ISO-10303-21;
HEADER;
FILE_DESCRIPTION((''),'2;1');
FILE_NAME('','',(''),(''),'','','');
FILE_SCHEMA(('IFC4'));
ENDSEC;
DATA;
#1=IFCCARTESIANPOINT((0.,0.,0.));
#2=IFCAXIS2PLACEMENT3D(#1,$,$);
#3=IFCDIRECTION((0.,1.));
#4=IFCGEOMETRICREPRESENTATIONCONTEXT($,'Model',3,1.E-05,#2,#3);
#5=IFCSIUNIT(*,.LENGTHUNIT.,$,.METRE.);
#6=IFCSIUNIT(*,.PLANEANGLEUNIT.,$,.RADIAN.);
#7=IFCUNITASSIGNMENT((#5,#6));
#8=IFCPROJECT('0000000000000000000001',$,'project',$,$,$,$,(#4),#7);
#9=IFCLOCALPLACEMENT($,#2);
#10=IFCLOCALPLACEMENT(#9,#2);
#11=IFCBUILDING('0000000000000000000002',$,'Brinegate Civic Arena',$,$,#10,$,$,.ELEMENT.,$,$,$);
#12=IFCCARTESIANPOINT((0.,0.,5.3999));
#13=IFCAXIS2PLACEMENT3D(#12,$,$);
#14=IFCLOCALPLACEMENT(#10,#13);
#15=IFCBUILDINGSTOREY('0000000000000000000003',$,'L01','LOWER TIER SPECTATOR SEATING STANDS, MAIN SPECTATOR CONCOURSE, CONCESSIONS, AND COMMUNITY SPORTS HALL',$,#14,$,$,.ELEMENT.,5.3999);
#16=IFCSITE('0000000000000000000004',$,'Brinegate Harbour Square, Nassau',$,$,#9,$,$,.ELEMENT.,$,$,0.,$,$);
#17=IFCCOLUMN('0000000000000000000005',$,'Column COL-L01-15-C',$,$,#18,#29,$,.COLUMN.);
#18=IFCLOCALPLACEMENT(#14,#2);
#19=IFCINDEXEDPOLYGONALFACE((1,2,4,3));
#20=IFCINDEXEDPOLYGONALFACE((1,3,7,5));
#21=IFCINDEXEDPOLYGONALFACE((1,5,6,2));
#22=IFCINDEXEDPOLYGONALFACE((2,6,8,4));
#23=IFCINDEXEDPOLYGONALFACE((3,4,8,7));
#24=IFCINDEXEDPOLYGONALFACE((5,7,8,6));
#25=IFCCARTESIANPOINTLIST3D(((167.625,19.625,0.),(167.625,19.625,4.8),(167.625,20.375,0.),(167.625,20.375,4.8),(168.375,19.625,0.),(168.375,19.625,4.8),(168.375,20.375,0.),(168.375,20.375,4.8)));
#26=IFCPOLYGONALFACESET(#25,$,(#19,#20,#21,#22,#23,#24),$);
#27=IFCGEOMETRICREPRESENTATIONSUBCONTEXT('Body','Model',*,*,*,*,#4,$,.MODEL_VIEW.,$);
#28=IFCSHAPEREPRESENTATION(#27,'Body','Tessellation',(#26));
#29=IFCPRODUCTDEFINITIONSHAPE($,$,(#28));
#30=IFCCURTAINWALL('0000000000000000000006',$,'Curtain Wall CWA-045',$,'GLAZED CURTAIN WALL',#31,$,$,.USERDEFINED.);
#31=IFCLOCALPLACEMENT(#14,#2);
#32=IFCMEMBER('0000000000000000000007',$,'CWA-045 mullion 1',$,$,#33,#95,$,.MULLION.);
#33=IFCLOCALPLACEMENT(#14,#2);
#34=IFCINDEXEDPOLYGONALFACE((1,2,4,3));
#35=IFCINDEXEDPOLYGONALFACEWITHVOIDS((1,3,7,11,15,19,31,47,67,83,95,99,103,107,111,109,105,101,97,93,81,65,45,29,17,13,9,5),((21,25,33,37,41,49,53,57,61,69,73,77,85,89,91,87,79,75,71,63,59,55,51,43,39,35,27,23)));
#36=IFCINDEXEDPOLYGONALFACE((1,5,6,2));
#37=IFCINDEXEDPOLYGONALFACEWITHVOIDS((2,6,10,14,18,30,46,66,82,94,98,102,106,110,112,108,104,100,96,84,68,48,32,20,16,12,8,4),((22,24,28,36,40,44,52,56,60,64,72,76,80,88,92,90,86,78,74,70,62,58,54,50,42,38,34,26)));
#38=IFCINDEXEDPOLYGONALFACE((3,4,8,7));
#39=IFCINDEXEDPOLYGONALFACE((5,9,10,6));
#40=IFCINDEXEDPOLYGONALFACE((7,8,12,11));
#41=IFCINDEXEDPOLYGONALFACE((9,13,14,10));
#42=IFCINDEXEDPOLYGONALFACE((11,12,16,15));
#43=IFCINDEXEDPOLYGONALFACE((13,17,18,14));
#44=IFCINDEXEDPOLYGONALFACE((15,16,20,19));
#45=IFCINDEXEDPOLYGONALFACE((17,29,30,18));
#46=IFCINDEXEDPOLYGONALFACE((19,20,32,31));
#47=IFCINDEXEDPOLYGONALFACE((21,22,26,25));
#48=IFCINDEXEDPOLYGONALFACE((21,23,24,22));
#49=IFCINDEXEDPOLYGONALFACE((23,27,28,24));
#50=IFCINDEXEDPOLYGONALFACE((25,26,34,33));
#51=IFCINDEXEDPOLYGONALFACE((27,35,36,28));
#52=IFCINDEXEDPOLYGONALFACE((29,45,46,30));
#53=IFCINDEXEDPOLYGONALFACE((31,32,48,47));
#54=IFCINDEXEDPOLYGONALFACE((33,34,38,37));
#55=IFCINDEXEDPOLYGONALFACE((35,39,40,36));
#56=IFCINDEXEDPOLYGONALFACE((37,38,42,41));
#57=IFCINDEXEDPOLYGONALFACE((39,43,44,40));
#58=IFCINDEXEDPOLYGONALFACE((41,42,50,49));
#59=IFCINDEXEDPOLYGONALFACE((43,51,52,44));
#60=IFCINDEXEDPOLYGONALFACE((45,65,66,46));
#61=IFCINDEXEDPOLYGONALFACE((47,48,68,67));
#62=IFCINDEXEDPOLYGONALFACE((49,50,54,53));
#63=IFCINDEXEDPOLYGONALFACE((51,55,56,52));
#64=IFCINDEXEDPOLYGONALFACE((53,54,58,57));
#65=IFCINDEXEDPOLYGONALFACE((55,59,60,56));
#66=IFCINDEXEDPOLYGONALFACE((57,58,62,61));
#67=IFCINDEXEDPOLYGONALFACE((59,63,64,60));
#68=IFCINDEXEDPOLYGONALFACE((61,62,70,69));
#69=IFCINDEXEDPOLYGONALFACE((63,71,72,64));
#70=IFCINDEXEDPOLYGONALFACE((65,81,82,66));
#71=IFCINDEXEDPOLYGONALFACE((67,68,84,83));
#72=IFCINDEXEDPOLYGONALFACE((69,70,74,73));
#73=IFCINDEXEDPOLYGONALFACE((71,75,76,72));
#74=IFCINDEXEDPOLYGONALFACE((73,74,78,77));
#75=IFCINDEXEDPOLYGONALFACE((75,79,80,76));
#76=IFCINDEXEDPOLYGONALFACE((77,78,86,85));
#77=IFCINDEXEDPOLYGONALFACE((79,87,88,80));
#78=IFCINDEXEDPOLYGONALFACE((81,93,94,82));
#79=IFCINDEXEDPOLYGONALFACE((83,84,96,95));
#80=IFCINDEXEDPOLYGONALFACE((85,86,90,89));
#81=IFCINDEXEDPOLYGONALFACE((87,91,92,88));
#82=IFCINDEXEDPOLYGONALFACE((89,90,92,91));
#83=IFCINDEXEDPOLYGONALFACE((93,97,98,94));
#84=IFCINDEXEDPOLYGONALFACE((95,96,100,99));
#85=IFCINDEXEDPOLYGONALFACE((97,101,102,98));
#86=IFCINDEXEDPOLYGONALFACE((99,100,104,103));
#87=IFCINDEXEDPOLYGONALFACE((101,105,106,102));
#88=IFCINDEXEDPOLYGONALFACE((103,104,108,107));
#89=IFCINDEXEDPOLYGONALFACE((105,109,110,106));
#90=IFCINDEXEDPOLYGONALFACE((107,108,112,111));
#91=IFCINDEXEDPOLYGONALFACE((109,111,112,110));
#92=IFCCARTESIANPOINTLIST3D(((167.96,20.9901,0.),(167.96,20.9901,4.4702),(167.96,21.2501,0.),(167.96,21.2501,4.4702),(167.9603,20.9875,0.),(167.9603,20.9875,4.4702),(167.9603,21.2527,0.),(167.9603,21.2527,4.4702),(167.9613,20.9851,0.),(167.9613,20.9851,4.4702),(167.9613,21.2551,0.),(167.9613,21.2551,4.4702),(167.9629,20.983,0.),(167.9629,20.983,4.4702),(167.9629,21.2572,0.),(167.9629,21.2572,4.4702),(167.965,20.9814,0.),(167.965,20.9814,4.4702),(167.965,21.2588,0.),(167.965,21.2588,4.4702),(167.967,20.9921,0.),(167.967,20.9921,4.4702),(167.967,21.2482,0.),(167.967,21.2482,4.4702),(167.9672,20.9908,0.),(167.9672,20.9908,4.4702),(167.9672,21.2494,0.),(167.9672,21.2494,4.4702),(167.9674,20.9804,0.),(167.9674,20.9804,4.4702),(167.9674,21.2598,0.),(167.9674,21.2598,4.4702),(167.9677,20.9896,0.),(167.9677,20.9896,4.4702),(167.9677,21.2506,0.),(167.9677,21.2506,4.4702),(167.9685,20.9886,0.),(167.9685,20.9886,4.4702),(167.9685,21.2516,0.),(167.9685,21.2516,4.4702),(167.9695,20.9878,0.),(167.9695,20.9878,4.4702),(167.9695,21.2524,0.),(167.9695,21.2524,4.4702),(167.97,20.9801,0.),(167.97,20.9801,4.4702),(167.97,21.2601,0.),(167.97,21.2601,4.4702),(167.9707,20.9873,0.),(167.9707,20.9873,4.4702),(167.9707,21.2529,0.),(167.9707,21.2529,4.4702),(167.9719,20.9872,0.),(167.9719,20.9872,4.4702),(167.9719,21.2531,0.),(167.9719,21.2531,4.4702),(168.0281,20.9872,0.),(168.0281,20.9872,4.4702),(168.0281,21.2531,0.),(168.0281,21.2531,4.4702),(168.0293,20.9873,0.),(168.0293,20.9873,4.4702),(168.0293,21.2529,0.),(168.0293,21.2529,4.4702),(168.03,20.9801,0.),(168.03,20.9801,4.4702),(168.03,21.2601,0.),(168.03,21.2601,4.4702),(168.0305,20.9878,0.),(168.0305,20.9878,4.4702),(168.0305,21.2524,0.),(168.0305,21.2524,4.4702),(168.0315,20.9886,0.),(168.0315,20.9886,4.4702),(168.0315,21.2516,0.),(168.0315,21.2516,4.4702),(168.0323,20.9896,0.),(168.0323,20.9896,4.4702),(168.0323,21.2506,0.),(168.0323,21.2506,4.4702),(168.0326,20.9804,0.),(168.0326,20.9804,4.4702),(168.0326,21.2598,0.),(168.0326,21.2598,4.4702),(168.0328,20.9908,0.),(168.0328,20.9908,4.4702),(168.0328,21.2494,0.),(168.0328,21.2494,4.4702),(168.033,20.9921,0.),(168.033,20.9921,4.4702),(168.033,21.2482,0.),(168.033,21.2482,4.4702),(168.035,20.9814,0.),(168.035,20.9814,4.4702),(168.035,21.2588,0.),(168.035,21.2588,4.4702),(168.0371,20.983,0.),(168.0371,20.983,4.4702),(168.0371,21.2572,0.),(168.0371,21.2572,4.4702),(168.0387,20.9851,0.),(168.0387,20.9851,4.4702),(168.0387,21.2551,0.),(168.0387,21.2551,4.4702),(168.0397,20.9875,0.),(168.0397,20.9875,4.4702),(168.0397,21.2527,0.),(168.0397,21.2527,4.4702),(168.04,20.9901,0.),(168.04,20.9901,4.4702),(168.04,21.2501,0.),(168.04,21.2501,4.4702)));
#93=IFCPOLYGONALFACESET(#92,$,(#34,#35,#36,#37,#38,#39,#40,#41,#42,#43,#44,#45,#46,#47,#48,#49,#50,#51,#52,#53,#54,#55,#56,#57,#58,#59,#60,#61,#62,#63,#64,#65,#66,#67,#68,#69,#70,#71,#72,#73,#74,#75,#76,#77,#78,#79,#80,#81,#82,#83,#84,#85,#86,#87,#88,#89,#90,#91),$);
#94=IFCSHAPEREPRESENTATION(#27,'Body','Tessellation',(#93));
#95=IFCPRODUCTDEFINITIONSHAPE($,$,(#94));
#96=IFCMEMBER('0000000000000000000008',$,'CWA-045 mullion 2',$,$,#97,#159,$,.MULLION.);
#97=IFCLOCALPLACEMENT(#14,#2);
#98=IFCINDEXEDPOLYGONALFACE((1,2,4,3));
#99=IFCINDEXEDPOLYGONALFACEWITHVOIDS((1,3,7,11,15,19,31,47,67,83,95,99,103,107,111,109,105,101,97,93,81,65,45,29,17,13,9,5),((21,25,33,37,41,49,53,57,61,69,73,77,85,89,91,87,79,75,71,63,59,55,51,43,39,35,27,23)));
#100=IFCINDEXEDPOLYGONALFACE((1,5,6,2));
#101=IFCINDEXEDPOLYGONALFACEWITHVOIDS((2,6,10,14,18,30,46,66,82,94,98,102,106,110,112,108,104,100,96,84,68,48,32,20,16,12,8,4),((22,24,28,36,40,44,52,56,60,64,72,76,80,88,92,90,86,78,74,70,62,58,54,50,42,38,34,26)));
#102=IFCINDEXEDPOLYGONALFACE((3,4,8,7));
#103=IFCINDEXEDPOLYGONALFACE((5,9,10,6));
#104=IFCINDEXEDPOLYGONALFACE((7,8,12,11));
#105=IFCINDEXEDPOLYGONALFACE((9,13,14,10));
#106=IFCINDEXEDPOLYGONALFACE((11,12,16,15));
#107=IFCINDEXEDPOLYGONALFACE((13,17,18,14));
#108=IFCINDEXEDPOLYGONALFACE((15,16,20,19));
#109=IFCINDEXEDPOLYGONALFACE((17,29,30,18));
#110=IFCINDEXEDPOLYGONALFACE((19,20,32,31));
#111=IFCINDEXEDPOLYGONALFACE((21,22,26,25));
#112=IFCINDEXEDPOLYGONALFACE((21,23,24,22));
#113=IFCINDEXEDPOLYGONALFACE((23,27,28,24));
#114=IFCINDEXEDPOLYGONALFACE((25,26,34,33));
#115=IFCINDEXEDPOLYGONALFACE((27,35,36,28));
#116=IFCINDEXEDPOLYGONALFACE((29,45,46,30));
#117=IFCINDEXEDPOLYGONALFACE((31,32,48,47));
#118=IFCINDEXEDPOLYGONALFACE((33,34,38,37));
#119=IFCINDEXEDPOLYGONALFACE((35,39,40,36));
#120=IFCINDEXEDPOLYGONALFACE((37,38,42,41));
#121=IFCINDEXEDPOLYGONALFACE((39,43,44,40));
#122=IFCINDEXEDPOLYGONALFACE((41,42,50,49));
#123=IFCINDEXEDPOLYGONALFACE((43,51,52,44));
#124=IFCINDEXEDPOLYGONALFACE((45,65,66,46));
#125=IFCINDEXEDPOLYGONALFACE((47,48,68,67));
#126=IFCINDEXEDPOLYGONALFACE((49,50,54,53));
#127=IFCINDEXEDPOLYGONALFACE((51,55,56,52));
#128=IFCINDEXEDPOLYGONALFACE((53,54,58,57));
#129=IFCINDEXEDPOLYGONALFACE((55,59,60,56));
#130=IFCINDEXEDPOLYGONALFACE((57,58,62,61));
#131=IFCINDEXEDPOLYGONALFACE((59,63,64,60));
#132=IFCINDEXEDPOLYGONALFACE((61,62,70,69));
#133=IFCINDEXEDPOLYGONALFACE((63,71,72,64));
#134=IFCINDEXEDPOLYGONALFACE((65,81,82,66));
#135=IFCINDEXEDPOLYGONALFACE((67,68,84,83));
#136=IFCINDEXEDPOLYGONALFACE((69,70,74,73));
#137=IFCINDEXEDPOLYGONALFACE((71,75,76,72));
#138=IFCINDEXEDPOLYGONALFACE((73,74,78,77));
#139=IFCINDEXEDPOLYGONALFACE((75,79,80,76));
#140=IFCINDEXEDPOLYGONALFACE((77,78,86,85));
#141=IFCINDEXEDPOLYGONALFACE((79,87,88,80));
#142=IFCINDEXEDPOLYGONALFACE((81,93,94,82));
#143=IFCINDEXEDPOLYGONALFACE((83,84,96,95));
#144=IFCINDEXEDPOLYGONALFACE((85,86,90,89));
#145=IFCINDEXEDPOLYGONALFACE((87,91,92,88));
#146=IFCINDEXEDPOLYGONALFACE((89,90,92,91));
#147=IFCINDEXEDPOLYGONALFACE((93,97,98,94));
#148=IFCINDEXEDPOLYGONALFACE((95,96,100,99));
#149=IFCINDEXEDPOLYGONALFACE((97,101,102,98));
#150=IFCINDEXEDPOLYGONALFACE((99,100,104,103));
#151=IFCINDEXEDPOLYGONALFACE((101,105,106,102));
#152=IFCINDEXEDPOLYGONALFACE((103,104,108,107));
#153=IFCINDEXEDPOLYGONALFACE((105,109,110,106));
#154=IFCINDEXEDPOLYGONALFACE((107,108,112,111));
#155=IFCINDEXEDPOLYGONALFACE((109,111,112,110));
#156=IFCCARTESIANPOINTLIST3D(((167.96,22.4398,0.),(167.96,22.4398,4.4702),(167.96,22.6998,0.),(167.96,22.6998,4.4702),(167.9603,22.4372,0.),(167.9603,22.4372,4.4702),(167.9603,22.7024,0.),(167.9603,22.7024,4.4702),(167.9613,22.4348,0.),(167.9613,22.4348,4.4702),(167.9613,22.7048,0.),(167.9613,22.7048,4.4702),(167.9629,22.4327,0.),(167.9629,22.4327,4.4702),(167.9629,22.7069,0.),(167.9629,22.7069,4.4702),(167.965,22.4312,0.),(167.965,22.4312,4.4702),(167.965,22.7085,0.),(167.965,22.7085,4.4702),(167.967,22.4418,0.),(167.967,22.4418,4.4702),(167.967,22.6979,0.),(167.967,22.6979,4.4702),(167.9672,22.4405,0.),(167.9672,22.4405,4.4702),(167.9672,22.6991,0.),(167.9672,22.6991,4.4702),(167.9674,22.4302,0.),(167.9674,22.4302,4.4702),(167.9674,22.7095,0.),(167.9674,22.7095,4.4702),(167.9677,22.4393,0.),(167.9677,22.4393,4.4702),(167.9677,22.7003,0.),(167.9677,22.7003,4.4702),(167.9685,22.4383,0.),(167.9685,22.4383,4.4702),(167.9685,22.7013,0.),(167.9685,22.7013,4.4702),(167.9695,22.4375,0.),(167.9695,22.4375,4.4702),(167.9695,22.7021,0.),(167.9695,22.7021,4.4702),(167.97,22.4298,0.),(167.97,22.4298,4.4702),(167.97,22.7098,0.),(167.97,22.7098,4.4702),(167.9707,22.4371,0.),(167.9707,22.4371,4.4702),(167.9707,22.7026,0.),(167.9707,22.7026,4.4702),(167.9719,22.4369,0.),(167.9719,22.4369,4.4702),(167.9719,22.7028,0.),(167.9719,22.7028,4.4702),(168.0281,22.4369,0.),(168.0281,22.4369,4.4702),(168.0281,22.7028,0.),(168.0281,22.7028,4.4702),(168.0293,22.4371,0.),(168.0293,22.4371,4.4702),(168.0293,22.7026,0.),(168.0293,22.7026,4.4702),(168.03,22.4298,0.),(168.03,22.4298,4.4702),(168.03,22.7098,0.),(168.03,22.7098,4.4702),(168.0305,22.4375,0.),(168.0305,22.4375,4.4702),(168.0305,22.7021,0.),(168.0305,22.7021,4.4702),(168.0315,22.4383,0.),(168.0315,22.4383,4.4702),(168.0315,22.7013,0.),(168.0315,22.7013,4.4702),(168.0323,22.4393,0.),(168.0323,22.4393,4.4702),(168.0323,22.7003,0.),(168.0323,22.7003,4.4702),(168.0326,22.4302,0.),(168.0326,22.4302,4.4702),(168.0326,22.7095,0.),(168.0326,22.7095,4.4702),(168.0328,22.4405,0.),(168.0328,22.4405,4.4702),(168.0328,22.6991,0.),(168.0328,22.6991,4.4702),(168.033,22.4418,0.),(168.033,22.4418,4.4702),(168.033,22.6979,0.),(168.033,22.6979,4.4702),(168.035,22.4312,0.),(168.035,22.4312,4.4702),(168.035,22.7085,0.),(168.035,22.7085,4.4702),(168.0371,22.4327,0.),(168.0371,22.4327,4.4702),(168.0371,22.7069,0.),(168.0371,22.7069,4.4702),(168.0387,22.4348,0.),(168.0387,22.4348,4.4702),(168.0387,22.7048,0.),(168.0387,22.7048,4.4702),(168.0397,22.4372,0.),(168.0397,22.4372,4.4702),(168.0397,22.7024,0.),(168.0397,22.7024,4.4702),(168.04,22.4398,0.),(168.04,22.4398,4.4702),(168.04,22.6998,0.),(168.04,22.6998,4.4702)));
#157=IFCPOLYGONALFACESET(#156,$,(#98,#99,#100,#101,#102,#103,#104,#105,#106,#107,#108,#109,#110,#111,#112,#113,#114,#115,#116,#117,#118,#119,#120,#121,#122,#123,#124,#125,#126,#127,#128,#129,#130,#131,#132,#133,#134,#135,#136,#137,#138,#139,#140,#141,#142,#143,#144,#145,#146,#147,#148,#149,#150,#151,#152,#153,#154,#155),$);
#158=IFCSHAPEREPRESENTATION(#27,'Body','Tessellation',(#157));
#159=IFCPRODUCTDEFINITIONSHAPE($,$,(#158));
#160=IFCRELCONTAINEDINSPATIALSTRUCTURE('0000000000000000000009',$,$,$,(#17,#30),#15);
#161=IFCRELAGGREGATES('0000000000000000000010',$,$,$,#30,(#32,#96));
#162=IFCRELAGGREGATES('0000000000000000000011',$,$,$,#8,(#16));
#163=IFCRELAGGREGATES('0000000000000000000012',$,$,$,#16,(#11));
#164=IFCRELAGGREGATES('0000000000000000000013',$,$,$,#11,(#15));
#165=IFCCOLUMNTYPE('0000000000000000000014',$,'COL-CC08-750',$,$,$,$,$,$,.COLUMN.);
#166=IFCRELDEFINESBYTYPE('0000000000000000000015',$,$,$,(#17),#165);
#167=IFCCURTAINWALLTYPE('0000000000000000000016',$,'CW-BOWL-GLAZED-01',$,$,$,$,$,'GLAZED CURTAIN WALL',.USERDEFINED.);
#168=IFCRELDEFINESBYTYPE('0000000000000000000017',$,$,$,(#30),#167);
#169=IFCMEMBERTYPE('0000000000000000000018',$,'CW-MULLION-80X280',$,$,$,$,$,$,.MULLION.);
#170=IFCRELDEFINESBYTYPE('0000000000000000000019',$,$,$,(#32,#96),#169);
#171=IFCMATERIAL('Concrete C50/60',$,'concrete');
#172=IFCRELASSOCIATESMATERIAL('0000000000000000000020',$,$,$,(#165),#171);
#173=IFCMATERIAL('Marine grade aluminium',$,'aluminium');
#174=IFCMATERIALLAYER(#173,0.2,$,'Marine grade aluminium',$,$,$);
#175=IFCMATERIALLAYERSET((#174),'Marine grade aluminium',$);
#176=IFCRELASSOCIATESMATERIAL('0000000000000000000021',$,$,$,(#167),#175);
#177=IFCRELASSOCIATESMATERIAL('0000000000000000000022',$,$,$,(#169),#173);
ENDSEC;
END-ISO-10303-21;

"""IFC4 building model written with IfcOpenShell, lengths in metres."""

from ifc_helpers import new_model, si_unit, direction, frame, origin, origin_2d, place, context, subcontext, project, spatial, rectangle, hollow_rectangle, extrude, material, layer, layer_set, material_profile, profile_set, type_object, element, aggregate, save


model = new_model("IFC4")

# Units and contexts
model_context = context("Model", 3, precision=1e-05, world=origin(), true_north=direction((0.0, 1.0)))
body_context = subcontext(model_context, "Body", "Model", "MODEL_VIEW")
ifc_project = project(units=[si_unit("LENGTHUNIT", "METRE"), si_unit("PLANEANGLEUNIT", "RADIAN")], contexts=[model_context])

# Site, building, storey
site_placement = place(None, origin())
site = spatial("IfcSite", under=ifc_project, at=site_placement, Name="Brinegate Harbour Square, Nassau", CompositionType="ELEMENT", RefElevation=0.0)
building_placement = place(site_placement, origin())
building = spatial("IfcBuilding", under=site, at=building_placement, Name="Brinegate Civic Arena", CompositionType="ELEMENT")
storey_placement = place(building_placement, frame((0.0, 0.0, 5.3999)))
storey = spatial("IfcBuildingStorey", under=building, at=storey_placement, Name="L01", Description="LOWER TIER SPECTATOR SEATING STANDS, MAIN SPECTATOR CONCOURSE, CONCESSIONS, AND COMMUNITY SPORTS HALL", CompositionType="ELEMENT", Elevation=5.3999)

# Column
ifc_material_1 = material(Name="Concrete C50/60", Category="concrete")
ifc_material_profile_1 = material_profile(ifc_material_1, rectangle(XDim=0.75, YDim=0.75, at=origin_2d()), Name="RC750X750")
ifc_profile_set_1 = profile_set([ifc_material_profile_1], Name="Concrete C50/60")
column_type = type_object("IfcColumnType", Name="COL-CC08-750", PredefinedType="COLUMN", material=ifc_profile_set_1)
column_placement = place(storey_placement, frame((168.0, 20.0, 0.0), z_axis=(0.0, 0.0, 1.0), x_axis=(1.0, 0.0, 0.0)))
element("IfcColumn", 1, at=column_placement, inside=storey, type_object=column_type, Name="Column COL-L01-15-C", PredefinedType="COLUMN", context=body_context, shape_type="SweptSolid", body=[
    extrude(rectangle(XDim=0.75, YDim=0.75, at=origin_2d()), origin(), (0.0, 0.0, 1.0), 4.8),
])

# Curtain wall, members
ifc_material_2 = material(Name="Marine grade aluminium", Category="aluminium")
ifc_layer_1 = layer(ifc_material_2, 0.2, Name="Marine grade aluminium")
ifc_layer_set_1 = layer_set([ifc_layer_1], Name="Marine grade aluminium")
curtain_wall_type = type_object("IfcCurtainWallType", Name="CW-BOWL-GLAZED-01", ElementType="GLAZED CURTAIN WALL", PredefinedType="USERDEFINED", material=ifc_layer_set_1)
curtain_wall_placement = place(storey_placement, origin())
curtain_wall = element("IfcCurtainWall", 2, at=curtain_wall_placement, inside=storey, type_object=curtain_wall_type, Name="Curtain Wall CWA-045", ObjectType="GLAZED CURTAIN WALL", PredefinedType="USERDEFINED")
ifc_material_profile_2 = material_profile(ifc_material_2, hollow_rectangle(XDim=0.0801, YDim=0.28, WallThickness=0.0071, InnerFilletRadius=0.0049, OuterFilletRadius=0.01, at=origin_2d()), Name="MUL80X280")
ifc_profile_set_2 = profile_set([ifc_material_profile_2], Name="Marine grade aluminium")
member_type_1 = type_object("IfcMemberType", Name="CW-MULLION-80X280", PredefinedType="MULLION", material=ifc_profile_set_2)
member_1_placement = place(storey_placement, frame((168.0, 21.1201, 0.0), z_axis=(0.0, 0.0, 1.0), x_axis=(-1.0, 0.0, 0.0)))
member_1 = element("IfcMember", 3, at=member_1_placement, type_object=member_type_1, Name="CWA-045 mullion 1", PredefinedType="MULLION", context=body_context, shape_type="SweptSolid", body=[
    extrude(hollow_rectangle(XDim=0.0801, YDim=0.28, WallThickness=0.0071, InnerFilletRadius=0.0049, OuterFilletRadius=0.01, at=origin_2d()), origin(), (0.0, 0.0, 1.0), 4.4702),
])
member_2_placement = place(storey_placement, frame((168.0, 22.5698, 0.0), z_axis=(0.0, 0.0, 1.0), x_axis=(-1.0, 0.0, 0.0)))
member_2 = element("IfcMember", 4, at=member_2_placement, type_object=member_type_1, Name="CWA-045 mullion 2", PredefinedType="MULLION", context=body_context, shape_type="SweptSolid", body=[
    extrude(hollow_rectangle(XDim=0.0801, YDim=0.28, WallThickness=0.0071, InnerFilletRadius=0.0049, OuterFilletRadius=0.01, at=origin_2d()), origin(), (0.0, 0.0, 1.0), 4.4702),
])

aggregate(curtain_wall, [member_1, member_2])

save(model, "model.ifc")
